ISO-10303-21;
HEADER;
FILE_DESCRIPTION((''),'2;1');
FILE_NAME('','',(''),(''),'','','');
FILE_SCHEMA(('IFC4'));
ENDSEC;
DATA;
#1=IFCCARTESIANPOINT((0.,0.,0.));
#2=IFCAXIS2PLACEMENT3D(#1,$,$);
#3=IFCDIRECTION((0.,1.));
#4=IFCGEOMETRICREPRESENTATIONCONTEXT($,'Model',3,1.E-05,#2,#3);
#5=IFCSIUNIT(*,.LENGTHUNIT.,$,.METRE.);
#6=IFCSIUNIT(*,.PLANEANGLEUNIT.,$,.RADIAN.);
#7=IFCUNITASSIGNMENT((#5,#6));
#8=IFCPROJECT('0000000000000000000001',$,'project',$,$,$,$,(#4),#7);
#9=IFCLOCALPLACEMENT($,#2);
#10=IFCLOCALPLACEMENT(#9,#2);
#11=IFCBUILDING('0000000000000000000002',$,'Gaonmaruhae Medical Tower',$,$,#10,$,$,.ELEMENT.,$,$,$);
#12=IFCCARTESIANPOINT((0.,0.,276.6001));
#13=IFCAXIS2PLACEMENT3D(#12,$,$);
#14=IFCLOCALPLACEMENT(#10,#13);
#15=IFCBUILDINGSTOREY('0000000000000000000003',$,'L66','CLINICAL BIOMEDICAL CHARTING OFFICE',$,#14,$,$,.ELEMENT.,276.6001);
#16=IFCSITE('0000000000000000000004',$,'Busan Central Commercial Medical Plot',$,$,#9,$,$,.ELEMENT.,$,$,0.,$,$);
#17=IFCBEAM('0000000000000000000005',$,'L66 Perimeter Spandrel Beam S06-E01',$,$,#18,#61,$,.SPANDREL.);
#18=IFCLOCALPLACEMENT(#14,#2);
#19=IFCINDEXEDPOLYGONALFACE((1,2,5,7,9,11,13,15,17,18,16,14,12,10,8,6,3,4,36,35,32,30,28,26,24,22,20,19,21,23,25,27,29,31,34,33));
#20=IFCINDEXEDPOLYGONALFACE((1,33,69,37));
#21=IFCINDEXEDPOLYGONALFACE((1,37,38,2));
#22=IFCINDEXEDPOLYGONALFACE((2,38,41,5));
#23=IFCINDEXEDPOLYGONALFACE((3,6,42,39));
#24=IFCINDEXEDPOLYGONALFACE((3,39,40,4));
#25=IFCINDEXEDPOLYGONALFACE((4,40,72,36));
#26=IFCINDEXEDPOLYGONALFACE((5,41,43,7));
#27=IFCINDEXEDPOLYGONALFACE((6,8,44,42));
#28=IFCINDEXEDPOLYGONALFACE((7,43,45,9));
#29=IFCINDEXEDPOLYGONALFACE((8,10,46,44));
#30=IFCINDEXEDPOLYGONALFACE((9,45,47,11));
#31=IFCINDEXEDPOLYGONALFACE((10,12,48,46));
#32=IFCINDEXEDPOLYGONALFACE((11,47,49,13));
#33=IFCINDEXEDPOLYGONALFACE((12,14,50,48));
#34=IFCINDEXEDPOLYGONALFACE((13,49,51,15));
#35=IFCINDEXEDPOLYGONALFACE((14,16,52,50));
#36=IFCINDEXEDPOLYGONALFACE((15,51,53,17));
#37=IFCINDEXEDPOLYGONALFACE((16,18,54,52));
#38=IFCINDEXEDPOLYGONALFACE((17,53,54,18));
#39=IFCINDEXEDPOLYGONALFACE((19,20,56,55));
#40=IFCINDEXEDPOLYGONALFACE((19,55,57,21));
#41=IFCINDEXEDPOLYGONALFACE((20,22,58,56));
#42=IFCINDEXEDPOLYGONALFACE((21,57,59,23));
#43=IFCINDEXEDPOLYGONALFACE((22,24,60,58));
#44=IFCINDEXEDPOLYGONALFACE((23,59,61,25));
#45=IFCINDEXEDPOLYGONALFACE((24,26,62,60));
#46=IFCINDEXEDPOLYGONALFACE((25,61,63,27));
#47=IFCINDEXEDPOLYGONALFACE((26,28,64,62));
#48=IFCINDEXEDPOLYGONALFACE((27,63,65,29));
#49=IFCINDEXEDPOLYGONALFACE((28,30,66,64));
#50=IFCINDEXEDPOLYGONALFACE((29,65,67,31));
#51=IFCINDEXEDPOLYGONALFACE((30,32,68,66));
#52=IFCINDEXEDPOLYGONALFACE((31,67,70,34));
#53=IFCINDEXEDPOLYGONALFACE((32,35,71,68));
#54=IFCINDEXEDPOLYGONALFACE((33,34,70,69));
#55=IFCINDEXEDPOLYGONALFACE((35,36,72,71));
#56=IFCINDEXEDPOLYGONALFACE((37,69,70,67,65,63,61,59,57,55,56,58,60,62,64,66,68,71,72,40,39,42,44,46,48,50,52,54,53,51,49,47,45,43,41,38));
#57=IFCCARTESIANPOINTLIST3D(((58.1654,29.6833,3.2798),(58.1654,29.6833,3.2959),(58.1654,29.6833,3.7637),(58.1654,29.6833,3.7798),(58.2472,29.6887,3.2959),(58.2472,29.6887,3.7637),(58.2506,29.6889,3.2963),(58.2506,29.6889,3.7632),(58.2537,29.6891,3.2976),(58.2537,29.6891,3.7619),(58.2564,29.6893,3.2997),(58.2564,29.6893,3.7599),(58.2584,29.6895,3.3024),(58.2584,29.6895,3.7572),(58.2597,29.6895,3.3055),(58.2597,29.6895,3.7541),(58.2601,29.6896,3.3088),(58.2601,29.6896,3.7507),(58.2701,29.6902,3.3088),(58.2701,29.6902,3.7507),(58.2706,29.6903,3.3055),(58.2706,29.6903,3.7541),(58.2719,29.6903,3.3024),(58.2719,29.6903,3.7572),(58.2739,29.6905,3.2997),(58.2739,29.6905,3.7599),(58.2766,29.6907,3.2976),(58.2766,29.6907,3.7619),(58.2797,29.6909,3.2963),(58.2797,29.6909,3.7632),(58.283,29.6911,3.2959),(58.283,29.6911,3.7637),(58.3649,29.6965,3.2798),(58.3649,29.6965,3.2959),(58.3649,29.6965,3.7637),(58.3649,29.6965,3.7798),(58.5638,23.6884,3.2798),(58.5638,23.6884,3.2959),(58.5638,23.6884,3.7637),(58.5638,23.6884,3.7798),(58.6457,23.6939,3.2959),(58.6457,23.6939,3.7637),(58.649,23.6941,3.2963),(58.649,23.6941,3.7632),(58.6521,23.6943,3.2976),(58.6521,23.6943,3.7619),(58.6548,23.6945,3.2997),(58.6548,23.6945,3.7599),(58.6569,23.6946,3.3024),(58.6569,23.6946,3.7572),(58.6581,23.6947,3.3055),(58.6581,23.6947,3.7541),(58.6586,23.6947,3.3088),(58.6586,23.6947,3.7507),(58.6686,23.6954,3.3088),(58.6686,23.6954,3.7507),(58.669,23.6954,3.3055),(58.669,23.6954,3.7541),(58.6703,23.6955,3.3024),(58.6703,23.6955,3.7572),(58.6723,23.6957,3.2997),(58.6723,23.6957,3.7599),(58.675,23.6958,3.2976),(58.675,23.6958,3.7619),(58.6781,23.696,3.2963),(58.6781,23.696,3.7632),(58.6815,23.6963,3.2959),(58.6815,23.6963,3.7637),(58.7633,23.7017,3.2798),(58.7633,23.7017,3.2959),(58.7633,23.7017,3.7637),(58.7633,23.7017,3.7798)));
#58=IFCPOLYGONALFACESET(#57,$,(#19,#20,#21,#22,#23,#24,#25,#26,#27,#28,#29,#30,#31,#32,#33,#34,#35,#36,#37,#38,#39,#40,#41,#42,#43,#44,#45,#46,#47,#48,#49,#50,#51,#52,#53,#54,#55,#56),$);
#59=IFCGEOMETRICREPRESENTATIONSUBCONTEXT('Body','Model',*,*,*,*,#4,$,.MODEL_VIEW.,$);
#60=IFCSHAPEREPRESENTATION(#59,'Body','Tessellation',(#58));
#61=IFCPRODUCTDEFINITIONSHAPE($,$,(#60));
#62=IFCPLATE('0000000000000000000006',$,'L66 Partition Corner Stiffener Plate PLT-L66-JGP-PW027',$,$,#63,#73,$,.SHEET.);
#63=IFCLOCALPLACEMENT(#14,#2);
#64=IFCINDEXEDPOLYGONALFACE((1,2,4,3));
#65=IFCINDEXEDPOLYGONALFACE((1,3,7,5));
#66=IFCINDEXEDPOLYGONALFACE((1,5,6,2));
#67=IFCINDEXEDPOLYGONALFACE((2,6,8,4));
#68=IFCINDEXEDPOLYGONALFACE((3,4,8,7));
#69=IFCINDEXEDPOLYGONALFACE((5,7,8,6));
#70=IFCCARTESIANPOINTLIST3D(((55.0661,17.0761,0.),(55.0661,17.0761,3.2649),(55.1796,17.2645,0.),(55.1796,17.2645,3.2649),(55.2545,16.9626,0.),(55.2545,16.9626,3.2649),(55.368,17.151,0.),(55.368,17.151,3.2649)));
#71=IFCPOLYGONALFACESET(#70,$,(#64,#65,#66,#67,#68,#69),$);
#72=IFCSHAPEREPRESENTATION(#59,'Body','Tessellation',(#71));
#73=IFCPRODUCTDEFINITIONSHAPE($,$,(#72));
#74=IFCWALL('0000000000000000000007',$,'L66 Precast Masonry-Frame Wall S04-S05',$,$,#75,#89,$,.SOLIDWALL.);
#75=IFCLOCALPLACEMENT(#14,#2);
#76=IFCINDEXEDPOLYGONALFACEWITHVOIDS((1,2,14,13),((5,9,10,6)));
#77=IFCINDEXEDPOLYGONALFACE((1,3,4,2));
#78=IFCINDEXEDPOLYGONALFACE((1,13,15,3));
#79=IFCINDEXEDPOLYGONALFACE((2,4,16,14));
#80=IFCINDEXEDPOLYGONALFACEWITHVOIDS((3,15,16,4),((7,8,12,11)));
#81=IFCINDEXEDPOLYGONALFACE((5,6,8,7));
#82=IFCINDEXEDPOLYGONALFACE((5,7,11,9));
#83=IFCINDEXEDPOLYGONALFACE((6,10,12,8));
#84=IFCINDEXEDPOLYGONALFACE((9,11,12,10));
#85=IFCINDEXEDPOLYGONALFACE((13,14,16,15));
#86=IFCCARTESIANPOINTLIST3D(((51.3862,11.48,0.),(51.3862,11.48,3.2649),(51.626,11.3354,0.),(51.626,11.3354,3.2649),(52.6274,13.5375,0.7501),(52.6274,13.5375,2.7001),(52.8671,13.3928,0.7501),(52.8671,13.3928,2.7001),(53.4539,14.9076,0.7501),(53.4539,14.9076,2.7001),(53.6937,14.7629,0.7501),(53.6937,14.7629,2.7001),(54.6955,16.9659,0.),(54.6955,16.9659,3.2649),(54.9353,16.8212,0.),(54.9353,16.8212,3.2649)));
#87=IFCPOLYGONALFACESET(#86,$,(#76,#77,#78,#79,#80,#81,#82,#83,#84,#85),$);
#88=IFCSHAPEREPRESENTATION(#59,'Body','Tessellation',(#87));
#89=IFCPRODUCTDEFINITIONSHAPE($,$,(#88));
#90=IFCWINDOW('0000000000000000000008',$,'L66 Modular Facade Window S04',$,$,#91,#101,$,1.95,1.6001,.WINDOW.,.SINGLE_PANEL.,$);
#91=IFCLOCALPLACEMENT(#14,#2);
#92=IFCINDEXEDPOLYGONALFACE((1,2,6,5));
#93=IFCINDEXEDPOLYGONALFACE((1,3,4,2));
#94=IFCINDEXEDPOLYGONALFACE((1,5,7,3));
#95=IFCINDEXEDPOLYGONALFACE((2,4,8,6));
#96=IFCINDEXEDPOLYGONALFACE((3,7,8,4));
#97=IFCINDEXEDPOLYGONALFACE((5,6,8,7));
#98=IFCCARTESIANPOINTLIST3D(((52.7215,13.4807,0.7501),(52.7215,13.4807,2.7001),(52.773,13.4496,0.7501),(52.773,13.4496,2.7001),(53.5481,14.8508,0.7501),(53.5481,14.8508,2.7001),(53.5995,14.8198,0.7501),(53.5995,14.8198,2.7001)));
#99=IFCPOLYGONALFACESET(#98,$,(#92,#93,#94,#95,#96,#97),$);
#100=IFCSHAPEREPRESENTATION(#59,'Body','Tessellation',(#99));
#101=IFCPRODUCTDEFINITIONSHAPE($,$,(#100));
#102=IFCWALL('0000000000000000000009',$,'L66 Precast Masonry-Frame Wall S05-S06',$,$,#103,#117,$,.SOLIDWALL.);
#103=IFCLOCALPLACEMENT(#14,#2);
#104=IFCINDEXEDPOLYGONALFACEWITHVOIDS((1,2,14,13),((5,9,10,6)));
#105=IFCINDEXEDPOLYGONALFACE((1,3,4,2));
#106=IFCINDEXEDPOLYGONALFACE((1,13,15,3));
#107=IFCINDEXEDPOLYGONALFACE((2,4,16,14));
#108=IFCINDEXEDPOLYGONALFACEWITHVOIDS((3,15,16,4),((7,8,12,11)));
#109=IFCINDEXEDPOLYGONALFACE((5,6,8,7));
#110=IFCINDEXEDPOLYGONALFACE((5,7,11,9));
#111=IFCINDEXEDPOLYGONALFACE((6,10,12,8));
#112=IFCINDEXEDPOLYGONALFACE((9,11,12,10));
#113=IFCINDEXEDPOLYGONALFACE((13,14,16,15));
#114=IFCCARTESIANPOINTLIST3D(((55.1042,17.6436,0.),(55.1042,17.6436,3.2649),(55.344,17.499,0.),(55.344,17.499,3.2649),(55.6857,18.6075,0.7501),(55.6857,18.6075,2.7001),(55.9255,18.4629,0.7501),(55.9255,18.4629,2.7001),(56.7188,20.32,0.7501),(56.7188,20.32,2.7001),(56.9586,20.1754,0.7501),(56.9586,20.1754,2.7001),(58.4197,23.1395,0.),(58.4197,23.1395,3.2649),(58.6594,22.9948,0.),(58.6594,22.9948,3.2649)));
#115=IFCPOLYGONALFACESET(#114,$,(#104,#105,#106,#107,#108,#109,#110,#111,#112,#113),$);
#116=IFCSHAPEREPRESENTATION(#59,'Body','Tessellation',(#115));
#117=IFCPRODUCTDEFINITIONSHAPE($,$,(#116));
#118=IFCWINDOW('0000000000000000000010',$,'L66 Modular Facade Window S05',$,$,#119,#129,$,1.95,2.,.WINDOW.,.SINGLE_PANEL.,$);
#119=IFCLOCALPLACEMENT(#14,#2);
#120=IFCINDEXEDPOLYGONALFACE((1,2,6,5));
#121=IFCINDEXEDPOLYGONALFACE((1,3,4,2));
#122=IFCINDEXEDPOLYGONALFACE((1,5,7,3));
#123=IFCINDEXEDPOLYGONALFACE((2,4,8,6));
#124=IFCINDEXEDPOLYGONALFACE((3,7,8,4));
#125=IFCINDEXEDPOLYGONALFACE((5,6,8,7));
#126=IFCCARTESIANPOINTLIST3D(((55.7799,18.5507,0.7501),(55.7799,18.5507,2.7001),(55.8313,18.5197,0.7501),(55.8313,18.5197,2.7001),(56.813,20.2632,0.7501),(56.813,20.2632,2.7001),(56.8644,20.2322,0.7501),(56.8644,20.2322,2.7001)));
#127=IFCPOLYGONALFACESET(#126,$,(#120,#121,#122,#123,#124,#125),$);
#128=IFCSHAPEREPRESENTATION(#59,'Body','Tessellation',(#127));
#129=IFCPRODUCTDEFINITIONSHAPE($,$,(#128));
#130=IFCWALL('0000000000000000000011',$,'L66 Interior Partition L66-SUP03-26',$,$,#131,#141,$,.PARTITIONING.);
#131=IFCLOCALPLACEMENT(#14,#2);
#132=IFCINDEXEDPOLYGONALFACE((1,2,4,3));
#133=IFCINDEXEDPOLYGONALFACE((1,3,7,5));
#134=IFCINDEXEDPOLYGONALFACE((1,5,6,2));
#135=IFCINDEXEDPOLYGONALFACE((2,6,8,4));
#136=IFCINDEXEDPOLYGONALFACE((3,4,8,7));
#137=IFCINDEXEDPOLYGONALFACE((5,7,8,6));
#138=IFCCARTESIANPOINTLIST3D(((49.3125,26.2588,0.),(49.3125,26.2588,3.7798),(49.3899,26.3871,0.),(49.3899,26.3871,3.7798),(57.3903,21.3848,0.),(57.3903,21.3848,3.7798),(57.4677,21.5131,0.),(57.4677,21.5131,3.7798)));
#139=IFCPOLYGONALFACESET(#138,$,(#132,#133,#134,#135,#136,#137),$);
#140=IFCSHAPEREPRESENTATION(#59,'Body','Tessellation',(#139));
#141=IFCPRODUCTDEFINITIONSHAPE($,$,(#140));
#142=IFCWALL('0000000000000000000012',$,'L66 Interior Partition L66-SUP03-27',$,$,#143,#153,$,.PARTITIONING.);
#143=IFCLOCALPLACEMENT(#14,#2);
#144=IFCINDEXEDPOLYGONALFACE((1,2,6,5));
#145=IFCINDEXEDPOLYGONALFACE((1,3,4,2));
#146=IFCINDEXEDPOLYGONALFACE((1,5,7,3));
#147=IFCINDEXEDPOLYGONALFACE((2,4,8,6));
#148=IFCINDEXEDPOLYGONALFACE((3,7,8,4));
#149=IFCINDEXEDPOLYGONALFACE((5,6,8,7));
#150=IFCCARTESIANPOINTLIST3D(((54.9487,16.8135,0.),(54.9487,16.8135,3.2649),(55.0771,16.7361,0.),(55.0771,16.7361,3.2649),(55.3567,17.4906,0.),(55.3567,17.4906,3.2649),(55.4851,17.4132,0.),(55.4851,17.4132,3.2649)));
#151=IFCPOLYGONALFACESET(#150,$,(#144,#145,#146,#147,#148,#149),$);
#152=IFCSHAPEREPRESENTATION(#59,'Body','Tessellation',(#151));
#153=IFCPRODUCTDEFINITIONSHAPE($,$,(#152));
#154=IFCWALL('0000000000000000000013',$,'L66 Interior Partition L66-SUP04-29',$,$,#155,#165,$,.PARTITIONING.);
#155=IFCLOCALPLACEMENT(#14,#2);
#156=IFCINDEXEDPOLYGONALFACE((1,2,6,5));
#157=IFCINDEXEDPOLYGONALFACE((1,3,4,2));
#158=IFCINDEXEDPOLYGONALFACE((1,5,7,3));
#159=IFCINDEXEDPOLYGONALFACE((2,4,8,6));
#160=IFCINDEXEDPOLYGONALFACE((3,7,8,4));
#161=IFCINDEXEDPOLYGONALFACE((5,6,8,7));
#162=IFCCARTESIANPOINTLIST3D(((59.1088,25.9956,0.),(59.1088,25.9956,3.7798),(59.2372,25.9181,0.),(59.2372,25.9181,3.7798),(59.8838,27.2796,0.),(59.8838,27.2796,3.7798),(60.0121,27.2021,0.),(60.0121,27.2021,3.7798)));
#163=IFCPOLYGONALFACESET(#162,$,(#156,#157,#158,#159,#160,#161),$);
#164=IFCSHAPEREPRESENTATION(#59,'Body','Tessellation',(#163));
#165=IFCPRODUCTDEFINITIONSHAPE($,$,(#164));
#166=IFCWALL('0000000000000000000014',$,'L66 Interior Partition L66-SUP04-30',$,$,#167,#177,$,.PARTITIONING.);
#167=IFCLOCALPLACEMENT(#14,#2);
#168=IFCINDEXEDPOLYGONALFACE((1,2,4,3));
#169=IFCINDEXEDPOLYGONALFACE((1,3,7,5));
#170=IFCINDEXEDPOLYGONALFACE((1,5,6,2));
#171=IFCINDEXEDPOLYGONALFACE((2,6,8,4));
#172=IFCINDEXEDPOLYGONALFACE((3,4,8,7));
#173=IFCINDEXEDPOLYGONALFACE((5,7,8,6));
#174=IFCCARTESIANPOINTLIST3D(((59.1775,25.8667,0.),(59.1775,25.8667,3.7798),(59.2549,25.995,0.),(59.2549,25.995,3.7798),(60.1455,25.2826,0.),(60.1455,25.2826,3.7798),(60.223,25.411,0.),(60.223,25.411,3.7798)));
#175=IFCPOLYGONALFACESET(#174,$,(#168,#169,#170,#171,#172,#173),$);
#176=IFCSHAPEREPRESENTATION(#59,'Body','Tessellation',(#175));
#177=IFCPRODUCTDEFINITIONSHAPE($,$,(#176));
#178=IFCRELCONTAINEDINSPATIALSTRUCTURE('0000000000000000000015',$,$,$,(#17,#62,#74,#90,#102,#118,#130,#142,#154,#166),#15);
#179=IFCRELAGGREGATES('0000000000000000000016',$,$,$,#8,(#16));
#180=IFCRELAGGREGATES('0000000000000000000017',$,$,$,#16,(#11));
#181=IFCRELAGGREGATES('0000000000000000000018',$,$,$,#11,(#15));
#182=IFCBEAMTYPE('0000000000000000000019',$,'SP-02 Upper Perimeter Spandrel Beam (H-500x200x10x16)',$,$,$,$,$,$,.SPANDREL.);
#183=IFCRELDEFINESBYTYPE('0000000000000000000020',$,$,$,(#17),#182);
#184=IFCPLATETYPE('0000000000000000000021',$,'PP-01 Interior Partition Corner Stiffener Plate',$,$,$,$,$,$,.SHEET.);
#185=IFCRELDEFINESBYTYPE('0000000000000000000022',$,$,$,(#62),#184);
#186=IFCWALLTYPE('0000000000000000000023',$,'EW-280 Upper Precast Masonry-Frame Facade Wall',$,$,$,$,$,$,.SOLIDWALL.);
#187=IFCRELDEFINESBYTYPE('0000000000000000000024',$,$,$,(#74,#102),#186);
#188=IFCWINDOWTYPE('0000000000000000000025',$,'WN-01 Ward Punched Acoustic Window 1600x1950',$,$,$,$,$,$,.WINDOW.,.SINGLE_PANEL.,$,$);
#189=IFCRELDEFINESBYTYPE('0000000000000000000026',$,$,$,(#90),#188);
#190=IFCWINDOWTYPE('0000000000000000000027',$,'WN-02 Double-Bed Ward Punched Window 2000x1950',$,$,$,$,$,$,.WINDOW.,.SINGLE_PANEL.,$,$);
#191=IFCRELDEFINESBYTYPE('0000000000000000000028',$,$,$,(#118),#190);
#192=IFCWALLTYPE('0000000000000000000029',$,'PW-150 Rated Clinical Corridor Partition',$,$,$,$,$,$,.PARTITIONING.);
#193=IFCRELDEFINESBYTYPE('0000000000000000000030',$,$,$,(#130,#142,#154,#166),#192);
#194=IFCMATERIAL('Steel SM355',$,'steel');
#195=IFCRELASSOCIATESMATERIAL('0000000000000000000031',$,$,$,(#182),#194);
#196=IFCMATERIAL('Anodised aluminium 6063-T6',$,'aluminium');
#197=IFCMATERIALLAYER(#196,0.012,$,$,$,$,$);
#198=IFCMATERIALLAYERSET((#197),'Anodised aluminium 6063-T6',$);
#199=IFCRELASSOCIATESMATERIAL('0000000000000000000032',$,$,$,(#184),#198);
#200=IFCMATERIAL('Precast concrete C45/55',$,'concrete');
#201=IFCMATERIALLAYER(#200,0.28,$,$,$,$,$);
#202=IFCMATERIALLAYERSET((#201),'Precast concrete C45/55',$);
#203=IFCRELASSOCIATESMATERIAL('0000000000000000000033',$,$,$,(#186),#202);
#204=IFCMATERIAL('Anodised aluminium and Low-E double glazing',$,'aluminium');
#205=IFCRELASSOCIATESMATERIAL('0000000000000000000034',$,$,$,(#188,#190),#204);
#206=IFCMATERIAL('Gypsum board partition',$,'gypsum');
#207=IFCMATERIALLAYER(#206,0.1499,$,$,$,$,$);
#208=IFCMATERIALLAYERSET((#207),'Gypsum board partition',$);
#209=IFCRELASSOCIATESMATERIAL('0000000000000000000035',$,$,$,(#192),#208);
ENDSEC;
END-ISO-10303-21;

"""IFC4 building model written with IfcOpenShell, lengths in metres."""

from ifc_helpers import new_model, si_unit, direction, frame, frame_2d, origin, origin_2d, place, context, subcontext, project, spatial, rectangle, i_section, extrude, material, layer, layer_set, material_profile, profile_set, type_object, element, fill, save


model = new_model("IFC4")

# Units and contexts
model_context = context("Model", 3, precision=1e-05, world=origin(), true_north=direction((0.0, 1.0)))
body_context = subcontext(model_context, "Body", "Model", "MODEL_VIEW")
ifc_project = project(units=[si_unit("LENGTHUNIT", "METRE"), si_unit("PLANEANGLEUNIT", "RADIAN")], contexts=[model_context])

# Site, building, storey
site_placement = place(None, origin())
site = spatial("IfcSite", under=ifc_project, at=site_placement, Name="Busan Central Commercial Medical Plot", CompositionType="ELEMENT", RefElevation=0.0)
building_placement = place(site_placement, origin())
building = spatial("IfcBuilding", under=site, at=building_placement, Name="Gaonmaruhae Medical Tower", CompositionType="ELEMENT")
storey_placement = place(building_placement, frame((0.0, 0.0, 276.6001)))
storey = spatial("IfcBuildingStorey", under=building, at=storey_placement, Name="L66", Description="CLINICAL BIOMEDICAL CHARTING OFFICE", CompositionType="ELEMENT", Elevation=276.6001)

# Beam
ifc_material_1 = material(Name="Steel SM355", Category="steel")
ifc_material_profile_1 = material_profile(ifc_material_1, i_section(OverallWidth=0.2, OverallDepth=0.5, WebThickness=0.01, FlangeThickness=0.0161, FilletRadius=0.0129, at=origin_2d()), Name="H-500x200x10x16")
ifc_profile_set_1 = profile_set([ifc_material_profile_1], Name="Steel SM355")
beam_type_1 = type_object("IfcBeamType", Name="SP-02 Upper Perimeter Spandrel Beam (H-500x200x10x16)", PredefinedType="SPANDREL", material=ifc_profile_set_1)
beam_1_placement = place(storey_placement, frame((58.6636, 23.6951, 3.5298), z_axis=(-0.066317, 0.997799, 0.0), x_axis=(-0.997799, -0.066317, 0.0)))
element("IfcBeam", 1, at=beam_1_placement, inside=storey, type_object=beam_type_1, Name="L66 Perimeter Spandrel Beam S06-E01", PredefinedType="SPANDREL", context=body_context, shape_type="SweptSolid", body=[
    extrude(i_section(OverallWidth=0.2, OverallDepth=0.5, WebThickness=0.01, FlangeThickness=0.0161, FilletRadius=0.0129, at=origin_2d()), origin(), (0.0, 0.0, 1.0), 6.0081),
])

# Plate
ifc_material_2 = material(Name="Anodised aluminium 6063-T6", Category="aluminium")
ifc_layer_1 = layer(ifc_material_2, 0.012)
ifc_layer_set_1 = layer_set([ifc_layer_1], Name="Anodised aluminium 6063-T6")
plate_type = type_object("IfcPlateType", Name="PP-01 Interior Partition Corner Stiffener Plate", PredefinedType="SHEET", material=ifc_layer_set_1)
plate_placement = place(storey_placement, frame((55.217, 17.1135, 0.0), z_axis=(0.0, 0.0, 1.0), x_axis=(-0.516175, -0.856483, 0.0)))
element("IfcPlate", 2, at=plate_placement, inside=storey, type_object=plate_type, Name="L66 Partition Corner Stiffener Plate PLT-L66-JGP-PW027", PredefinedType="SHEET", context=body_context, shape_type="SweptSolid", body=[
    extrude(rectangle(XDim=0.22, YDim=0.22, at=origin_2d()), origin(), (0.0, 0.0, 1.0), 3.2649),
])

# Walls, openings, windows
ifc_material_3 = material(Name="Precast concrete C45/55", Category="concrete")
ifc_layer_2 = layer(ifc_material_3, 0.28)
ifc_layer_set_2 = layer_set([ifc_layer_2], Name="Precast concrete C45/55")
wall_type_1 = type_object("IfcWallType", Name="EW-280 Upper Precast Masonry-Frame Facade Wall", PredefinedType="SOLIDWALL", material=ifc_layer_set_2)
wall_1_placement = place(storey_placement, frame((54.8154, 16.8936, 0.0), z_axis=(0.0, 0.0, 1.0), x_axis=(-0.51654, -0.856263, 0.0)))
wall_1 = element("IfcWall", 3, at=wall_1_placement, inside=storey, type_object=wall_type_1, Name="L66 Precast Masonry-Frame Wall S04-S05", PredefinedType="SOLIDWALL", context=body_context, shape_type="SweptSolid", body=[
    extrude(rectangle(XDim=6.4067, YDim=0.28, at=frame_2d((3.2034, 0.0))), origin(), (0.0, 0.0, 1.0), 3.2649),
])
opening_1_placement = place(wall_1_placement, frame((2.4038, 0.0, 0.75)))
opening_1 = element("IfcOpeningElement", 4, at=opening_1_placement, cuts=wall_1, PredefinedType="OPENING", context=body_context, shape_type="SweptSolid", body=[
    extrude(rectangle(XDim=1.6001, YDim=1.95, at=frame_2d((0.8, 0.9751))), frame((0.0, 0.1499, 0.0), z_axis=(0.0, -1.0, 0.0), x_axis=(1.0, 0.0, 0.0)), (0.0, 0.0, 1.0), 0.3),
])
ifc_material_4 = material(Name="Anodised aluminium and Low-E double glazing", Category="aluminium")
window_type_1 = type_object("IfcWindowType", Name="WN-01 Ward Punched Acoustic Window 1600x1950", PartitioningType="SINGLE_PANEL", PredefinedType="WINDOW", material=ifc_material_4)
window_1_placement = place(opening_1_placement, origin())
window_1 = element("IfcWindow", 5, at=window_1_placement, inside=storey, type_object=window_type_1, Name="L66 Modular Facade Window S04", OverallHeight=1.95, OverallWidth=1.6001, PartitioningType="SINGLE_PANEL", PredefinedType="WINDOW", context=body_context, shape_type="SweptSolid", body=[
    extrude(rectangle(XDim=1.6001, YDim=1.95, at=frame_2d((0.8, 0.9751))), frame((0.0, 0.03, 0.0), z_axis=(0.0, -1.0, 0.0), x_axis=(1.0, 0.0, 0.0)), (0.0, 0.0, 1.0), 0.0601),
])
fill(opening_1, window_1)
wall_2_placement = place(storey_placement, frame((58.5396, 23.0671, 0.0), z_axis=(0.0, 0.0, 1.0), x_axis=(-0.516547, -0.856259, 0.0)))
wall_2 = element("IfcWall", 6, at=wall_2_placement, inside=storey, type_object=wall_type_1, Name="L66 Precast Masonry-Frame Wall S05-S06", PredefinedType="SOLIDWALL", context=body_context, shape_type="SweptSolid", body=[
    extrude(rectangle(XDim=6.4185, YDim=0.28, at=frame_2d((3.2092, 0.0))), origin(), (0.0, 0.0, 1.0), 3.2649),
])
opening_2_placement = place(wall_2_placement, frame((3.2927, 0.0, 0.75)))
opening_2 = element("IfcOpeningElement", 7, at=opening_2_placement, cuts=wall_2, PredefinedType="OPENING", context=body_context, shape_type="SweptSolid", body=[
    extrude(rectangle(XDim=2.0, YDim=1.95, at=frame_2d((1.0, 0.9751))), frame((0.0, 0.1499, 0.0), z_axis=(0.0, -1.0, 0.0), x_axis=(1.0, 0.0, 0.0)), (0.0, 0.0, 1.0), 0.3),
])
window_type_2 = type_object("IfcWindowType", Name="WN-02 Double-Bed Ward Punched Window 2000x1950", PartitioningType="SINGLE_PANEL", PredefinedType="WINDOW", material=ifc_material_4)
window_2_placement = place(opening_2_placement, origin())
window_2 = element("IfcWindow", 8, at=window_2_placement, inside=storey, type_object=window_type_2, Name="L66 Modular Facade Window S05", OverallHeight=1.95, OverallWidth=2.0, PartitioningType="SINGLE_PANEL", PredefinedType="WINDOW", context=body_context, shape_type="SweptSolid", body=[
    extrude(rectangle(XDim=2.0, YDim=1.95, at=frame_2d((1.0, 0.9751))), frame((0.0, 0.03, 0.0), z_axis=(0.0, -1.0, 0.0), x_axis=(1.0, 0.0, 0.0)), (0.0, 0.0, 1.0), 0.0601),
])
fill(opening_2, window_2)

# Walls
ifc_material_5 = material(Name="Gypsum board partition", Category="gypsum")
ifc_layer_3 = layer(ifc_material_5, 0.1499)
ifc_layer_set_3 = layer_set([ifc_layer_3], Name="Gypsum board partition")
wall_type_2 = type_object("IfcWallType", Name="PW-150 Rated Clinical Corridor Partition", PredefinedType="PARTITIONING", material=ifc_layer_set_3)
wall_3_placement = place(storey_placement, frame((49.3511, 26.323, 0.0), z_axis=(0.0, 0.0, 1.0), x_axis=(0.856214, -0.516621, 0.0)))
element("IfcWall", 9, at=wall_3_placement, inside=storey, type_object=wall_type_2, Name="L66 Interior Partition L66-SUP03-26", PredefinedType="PARTITIONING", context=body_context, shape_type="SweptSolid", body=[
    extrude(rectangle(XDim=9.4343, YDim=0.1499, at=frame_2d((4.7173, 0.0))), origin(), (0.0, 0.0, 1.0), 3.7798),
])
wall_4_placement = place(storey_placement, frame((55.4209, 17.4519, 0.0), z_axis=(0.0, 0.0, 1.0), x_axis=(-0.51613, -0.85651, 0.0)))
element("IfcWall", 10, at=wall_4_placement, inside=storey, type_object=wall_type_2, Name="L66 Interior Partition L66-SUP03-27", PredefinedType="PARTITIONING", context=body_context, shape_type="SweptSolid", body=[
    extrude(rectangle(XDim=0.7905, YDim=0.1499, at=frame_2d((0.3953, 0.0))), origin(), (0.0, 0.0, 1.0), 3.2649),
])
wall_5_placement = place(storey_placement, frame((59.948, 27.241, 0.0), z_axis=(0.0, 0.0, 1.0), x_axis=(-0.516721, -0.856154, 0.0)))
element("IfcWall", 11, at=wall_5_placement, inside=storey, type_object=wall_type_2, Name="L66 Interior Partition L66-SUP04-29", PredefinedType="PARTITIONING", context=body_context, shape_type="SweptSolid", body=[
    extrude(rectangle(XDim=1.4998, YDim=0.1499, at=frame_2d((0.75, 0.0))), origin(), (0.0, 0.0, 1.0), 3.7798),
])
wall_6_placement = place(storey_placement, frame((59.2161, 25.9309, 0.0), z_axis=(0.0, 0.0, 1.0), x_axis=(0.856252, -0.516559, 0.0)))
element("IfcWall", 12, at=wall_6_placement, inside=storey, type_object=wall_type_2, Name="L66 Interior Partition L66-SUP04-30", PredefinedType="PARTITIONING", context=body_context, shape_type="SweptSolid", body=[
    extrude(rectangle(XDim=1.1306, YDim=0.1499, at=frame_2d((0.5654, 0.0))), origin(), (0.0, 0.0, 1.0), 3.7798),
])

save(model, "model.ifc")
